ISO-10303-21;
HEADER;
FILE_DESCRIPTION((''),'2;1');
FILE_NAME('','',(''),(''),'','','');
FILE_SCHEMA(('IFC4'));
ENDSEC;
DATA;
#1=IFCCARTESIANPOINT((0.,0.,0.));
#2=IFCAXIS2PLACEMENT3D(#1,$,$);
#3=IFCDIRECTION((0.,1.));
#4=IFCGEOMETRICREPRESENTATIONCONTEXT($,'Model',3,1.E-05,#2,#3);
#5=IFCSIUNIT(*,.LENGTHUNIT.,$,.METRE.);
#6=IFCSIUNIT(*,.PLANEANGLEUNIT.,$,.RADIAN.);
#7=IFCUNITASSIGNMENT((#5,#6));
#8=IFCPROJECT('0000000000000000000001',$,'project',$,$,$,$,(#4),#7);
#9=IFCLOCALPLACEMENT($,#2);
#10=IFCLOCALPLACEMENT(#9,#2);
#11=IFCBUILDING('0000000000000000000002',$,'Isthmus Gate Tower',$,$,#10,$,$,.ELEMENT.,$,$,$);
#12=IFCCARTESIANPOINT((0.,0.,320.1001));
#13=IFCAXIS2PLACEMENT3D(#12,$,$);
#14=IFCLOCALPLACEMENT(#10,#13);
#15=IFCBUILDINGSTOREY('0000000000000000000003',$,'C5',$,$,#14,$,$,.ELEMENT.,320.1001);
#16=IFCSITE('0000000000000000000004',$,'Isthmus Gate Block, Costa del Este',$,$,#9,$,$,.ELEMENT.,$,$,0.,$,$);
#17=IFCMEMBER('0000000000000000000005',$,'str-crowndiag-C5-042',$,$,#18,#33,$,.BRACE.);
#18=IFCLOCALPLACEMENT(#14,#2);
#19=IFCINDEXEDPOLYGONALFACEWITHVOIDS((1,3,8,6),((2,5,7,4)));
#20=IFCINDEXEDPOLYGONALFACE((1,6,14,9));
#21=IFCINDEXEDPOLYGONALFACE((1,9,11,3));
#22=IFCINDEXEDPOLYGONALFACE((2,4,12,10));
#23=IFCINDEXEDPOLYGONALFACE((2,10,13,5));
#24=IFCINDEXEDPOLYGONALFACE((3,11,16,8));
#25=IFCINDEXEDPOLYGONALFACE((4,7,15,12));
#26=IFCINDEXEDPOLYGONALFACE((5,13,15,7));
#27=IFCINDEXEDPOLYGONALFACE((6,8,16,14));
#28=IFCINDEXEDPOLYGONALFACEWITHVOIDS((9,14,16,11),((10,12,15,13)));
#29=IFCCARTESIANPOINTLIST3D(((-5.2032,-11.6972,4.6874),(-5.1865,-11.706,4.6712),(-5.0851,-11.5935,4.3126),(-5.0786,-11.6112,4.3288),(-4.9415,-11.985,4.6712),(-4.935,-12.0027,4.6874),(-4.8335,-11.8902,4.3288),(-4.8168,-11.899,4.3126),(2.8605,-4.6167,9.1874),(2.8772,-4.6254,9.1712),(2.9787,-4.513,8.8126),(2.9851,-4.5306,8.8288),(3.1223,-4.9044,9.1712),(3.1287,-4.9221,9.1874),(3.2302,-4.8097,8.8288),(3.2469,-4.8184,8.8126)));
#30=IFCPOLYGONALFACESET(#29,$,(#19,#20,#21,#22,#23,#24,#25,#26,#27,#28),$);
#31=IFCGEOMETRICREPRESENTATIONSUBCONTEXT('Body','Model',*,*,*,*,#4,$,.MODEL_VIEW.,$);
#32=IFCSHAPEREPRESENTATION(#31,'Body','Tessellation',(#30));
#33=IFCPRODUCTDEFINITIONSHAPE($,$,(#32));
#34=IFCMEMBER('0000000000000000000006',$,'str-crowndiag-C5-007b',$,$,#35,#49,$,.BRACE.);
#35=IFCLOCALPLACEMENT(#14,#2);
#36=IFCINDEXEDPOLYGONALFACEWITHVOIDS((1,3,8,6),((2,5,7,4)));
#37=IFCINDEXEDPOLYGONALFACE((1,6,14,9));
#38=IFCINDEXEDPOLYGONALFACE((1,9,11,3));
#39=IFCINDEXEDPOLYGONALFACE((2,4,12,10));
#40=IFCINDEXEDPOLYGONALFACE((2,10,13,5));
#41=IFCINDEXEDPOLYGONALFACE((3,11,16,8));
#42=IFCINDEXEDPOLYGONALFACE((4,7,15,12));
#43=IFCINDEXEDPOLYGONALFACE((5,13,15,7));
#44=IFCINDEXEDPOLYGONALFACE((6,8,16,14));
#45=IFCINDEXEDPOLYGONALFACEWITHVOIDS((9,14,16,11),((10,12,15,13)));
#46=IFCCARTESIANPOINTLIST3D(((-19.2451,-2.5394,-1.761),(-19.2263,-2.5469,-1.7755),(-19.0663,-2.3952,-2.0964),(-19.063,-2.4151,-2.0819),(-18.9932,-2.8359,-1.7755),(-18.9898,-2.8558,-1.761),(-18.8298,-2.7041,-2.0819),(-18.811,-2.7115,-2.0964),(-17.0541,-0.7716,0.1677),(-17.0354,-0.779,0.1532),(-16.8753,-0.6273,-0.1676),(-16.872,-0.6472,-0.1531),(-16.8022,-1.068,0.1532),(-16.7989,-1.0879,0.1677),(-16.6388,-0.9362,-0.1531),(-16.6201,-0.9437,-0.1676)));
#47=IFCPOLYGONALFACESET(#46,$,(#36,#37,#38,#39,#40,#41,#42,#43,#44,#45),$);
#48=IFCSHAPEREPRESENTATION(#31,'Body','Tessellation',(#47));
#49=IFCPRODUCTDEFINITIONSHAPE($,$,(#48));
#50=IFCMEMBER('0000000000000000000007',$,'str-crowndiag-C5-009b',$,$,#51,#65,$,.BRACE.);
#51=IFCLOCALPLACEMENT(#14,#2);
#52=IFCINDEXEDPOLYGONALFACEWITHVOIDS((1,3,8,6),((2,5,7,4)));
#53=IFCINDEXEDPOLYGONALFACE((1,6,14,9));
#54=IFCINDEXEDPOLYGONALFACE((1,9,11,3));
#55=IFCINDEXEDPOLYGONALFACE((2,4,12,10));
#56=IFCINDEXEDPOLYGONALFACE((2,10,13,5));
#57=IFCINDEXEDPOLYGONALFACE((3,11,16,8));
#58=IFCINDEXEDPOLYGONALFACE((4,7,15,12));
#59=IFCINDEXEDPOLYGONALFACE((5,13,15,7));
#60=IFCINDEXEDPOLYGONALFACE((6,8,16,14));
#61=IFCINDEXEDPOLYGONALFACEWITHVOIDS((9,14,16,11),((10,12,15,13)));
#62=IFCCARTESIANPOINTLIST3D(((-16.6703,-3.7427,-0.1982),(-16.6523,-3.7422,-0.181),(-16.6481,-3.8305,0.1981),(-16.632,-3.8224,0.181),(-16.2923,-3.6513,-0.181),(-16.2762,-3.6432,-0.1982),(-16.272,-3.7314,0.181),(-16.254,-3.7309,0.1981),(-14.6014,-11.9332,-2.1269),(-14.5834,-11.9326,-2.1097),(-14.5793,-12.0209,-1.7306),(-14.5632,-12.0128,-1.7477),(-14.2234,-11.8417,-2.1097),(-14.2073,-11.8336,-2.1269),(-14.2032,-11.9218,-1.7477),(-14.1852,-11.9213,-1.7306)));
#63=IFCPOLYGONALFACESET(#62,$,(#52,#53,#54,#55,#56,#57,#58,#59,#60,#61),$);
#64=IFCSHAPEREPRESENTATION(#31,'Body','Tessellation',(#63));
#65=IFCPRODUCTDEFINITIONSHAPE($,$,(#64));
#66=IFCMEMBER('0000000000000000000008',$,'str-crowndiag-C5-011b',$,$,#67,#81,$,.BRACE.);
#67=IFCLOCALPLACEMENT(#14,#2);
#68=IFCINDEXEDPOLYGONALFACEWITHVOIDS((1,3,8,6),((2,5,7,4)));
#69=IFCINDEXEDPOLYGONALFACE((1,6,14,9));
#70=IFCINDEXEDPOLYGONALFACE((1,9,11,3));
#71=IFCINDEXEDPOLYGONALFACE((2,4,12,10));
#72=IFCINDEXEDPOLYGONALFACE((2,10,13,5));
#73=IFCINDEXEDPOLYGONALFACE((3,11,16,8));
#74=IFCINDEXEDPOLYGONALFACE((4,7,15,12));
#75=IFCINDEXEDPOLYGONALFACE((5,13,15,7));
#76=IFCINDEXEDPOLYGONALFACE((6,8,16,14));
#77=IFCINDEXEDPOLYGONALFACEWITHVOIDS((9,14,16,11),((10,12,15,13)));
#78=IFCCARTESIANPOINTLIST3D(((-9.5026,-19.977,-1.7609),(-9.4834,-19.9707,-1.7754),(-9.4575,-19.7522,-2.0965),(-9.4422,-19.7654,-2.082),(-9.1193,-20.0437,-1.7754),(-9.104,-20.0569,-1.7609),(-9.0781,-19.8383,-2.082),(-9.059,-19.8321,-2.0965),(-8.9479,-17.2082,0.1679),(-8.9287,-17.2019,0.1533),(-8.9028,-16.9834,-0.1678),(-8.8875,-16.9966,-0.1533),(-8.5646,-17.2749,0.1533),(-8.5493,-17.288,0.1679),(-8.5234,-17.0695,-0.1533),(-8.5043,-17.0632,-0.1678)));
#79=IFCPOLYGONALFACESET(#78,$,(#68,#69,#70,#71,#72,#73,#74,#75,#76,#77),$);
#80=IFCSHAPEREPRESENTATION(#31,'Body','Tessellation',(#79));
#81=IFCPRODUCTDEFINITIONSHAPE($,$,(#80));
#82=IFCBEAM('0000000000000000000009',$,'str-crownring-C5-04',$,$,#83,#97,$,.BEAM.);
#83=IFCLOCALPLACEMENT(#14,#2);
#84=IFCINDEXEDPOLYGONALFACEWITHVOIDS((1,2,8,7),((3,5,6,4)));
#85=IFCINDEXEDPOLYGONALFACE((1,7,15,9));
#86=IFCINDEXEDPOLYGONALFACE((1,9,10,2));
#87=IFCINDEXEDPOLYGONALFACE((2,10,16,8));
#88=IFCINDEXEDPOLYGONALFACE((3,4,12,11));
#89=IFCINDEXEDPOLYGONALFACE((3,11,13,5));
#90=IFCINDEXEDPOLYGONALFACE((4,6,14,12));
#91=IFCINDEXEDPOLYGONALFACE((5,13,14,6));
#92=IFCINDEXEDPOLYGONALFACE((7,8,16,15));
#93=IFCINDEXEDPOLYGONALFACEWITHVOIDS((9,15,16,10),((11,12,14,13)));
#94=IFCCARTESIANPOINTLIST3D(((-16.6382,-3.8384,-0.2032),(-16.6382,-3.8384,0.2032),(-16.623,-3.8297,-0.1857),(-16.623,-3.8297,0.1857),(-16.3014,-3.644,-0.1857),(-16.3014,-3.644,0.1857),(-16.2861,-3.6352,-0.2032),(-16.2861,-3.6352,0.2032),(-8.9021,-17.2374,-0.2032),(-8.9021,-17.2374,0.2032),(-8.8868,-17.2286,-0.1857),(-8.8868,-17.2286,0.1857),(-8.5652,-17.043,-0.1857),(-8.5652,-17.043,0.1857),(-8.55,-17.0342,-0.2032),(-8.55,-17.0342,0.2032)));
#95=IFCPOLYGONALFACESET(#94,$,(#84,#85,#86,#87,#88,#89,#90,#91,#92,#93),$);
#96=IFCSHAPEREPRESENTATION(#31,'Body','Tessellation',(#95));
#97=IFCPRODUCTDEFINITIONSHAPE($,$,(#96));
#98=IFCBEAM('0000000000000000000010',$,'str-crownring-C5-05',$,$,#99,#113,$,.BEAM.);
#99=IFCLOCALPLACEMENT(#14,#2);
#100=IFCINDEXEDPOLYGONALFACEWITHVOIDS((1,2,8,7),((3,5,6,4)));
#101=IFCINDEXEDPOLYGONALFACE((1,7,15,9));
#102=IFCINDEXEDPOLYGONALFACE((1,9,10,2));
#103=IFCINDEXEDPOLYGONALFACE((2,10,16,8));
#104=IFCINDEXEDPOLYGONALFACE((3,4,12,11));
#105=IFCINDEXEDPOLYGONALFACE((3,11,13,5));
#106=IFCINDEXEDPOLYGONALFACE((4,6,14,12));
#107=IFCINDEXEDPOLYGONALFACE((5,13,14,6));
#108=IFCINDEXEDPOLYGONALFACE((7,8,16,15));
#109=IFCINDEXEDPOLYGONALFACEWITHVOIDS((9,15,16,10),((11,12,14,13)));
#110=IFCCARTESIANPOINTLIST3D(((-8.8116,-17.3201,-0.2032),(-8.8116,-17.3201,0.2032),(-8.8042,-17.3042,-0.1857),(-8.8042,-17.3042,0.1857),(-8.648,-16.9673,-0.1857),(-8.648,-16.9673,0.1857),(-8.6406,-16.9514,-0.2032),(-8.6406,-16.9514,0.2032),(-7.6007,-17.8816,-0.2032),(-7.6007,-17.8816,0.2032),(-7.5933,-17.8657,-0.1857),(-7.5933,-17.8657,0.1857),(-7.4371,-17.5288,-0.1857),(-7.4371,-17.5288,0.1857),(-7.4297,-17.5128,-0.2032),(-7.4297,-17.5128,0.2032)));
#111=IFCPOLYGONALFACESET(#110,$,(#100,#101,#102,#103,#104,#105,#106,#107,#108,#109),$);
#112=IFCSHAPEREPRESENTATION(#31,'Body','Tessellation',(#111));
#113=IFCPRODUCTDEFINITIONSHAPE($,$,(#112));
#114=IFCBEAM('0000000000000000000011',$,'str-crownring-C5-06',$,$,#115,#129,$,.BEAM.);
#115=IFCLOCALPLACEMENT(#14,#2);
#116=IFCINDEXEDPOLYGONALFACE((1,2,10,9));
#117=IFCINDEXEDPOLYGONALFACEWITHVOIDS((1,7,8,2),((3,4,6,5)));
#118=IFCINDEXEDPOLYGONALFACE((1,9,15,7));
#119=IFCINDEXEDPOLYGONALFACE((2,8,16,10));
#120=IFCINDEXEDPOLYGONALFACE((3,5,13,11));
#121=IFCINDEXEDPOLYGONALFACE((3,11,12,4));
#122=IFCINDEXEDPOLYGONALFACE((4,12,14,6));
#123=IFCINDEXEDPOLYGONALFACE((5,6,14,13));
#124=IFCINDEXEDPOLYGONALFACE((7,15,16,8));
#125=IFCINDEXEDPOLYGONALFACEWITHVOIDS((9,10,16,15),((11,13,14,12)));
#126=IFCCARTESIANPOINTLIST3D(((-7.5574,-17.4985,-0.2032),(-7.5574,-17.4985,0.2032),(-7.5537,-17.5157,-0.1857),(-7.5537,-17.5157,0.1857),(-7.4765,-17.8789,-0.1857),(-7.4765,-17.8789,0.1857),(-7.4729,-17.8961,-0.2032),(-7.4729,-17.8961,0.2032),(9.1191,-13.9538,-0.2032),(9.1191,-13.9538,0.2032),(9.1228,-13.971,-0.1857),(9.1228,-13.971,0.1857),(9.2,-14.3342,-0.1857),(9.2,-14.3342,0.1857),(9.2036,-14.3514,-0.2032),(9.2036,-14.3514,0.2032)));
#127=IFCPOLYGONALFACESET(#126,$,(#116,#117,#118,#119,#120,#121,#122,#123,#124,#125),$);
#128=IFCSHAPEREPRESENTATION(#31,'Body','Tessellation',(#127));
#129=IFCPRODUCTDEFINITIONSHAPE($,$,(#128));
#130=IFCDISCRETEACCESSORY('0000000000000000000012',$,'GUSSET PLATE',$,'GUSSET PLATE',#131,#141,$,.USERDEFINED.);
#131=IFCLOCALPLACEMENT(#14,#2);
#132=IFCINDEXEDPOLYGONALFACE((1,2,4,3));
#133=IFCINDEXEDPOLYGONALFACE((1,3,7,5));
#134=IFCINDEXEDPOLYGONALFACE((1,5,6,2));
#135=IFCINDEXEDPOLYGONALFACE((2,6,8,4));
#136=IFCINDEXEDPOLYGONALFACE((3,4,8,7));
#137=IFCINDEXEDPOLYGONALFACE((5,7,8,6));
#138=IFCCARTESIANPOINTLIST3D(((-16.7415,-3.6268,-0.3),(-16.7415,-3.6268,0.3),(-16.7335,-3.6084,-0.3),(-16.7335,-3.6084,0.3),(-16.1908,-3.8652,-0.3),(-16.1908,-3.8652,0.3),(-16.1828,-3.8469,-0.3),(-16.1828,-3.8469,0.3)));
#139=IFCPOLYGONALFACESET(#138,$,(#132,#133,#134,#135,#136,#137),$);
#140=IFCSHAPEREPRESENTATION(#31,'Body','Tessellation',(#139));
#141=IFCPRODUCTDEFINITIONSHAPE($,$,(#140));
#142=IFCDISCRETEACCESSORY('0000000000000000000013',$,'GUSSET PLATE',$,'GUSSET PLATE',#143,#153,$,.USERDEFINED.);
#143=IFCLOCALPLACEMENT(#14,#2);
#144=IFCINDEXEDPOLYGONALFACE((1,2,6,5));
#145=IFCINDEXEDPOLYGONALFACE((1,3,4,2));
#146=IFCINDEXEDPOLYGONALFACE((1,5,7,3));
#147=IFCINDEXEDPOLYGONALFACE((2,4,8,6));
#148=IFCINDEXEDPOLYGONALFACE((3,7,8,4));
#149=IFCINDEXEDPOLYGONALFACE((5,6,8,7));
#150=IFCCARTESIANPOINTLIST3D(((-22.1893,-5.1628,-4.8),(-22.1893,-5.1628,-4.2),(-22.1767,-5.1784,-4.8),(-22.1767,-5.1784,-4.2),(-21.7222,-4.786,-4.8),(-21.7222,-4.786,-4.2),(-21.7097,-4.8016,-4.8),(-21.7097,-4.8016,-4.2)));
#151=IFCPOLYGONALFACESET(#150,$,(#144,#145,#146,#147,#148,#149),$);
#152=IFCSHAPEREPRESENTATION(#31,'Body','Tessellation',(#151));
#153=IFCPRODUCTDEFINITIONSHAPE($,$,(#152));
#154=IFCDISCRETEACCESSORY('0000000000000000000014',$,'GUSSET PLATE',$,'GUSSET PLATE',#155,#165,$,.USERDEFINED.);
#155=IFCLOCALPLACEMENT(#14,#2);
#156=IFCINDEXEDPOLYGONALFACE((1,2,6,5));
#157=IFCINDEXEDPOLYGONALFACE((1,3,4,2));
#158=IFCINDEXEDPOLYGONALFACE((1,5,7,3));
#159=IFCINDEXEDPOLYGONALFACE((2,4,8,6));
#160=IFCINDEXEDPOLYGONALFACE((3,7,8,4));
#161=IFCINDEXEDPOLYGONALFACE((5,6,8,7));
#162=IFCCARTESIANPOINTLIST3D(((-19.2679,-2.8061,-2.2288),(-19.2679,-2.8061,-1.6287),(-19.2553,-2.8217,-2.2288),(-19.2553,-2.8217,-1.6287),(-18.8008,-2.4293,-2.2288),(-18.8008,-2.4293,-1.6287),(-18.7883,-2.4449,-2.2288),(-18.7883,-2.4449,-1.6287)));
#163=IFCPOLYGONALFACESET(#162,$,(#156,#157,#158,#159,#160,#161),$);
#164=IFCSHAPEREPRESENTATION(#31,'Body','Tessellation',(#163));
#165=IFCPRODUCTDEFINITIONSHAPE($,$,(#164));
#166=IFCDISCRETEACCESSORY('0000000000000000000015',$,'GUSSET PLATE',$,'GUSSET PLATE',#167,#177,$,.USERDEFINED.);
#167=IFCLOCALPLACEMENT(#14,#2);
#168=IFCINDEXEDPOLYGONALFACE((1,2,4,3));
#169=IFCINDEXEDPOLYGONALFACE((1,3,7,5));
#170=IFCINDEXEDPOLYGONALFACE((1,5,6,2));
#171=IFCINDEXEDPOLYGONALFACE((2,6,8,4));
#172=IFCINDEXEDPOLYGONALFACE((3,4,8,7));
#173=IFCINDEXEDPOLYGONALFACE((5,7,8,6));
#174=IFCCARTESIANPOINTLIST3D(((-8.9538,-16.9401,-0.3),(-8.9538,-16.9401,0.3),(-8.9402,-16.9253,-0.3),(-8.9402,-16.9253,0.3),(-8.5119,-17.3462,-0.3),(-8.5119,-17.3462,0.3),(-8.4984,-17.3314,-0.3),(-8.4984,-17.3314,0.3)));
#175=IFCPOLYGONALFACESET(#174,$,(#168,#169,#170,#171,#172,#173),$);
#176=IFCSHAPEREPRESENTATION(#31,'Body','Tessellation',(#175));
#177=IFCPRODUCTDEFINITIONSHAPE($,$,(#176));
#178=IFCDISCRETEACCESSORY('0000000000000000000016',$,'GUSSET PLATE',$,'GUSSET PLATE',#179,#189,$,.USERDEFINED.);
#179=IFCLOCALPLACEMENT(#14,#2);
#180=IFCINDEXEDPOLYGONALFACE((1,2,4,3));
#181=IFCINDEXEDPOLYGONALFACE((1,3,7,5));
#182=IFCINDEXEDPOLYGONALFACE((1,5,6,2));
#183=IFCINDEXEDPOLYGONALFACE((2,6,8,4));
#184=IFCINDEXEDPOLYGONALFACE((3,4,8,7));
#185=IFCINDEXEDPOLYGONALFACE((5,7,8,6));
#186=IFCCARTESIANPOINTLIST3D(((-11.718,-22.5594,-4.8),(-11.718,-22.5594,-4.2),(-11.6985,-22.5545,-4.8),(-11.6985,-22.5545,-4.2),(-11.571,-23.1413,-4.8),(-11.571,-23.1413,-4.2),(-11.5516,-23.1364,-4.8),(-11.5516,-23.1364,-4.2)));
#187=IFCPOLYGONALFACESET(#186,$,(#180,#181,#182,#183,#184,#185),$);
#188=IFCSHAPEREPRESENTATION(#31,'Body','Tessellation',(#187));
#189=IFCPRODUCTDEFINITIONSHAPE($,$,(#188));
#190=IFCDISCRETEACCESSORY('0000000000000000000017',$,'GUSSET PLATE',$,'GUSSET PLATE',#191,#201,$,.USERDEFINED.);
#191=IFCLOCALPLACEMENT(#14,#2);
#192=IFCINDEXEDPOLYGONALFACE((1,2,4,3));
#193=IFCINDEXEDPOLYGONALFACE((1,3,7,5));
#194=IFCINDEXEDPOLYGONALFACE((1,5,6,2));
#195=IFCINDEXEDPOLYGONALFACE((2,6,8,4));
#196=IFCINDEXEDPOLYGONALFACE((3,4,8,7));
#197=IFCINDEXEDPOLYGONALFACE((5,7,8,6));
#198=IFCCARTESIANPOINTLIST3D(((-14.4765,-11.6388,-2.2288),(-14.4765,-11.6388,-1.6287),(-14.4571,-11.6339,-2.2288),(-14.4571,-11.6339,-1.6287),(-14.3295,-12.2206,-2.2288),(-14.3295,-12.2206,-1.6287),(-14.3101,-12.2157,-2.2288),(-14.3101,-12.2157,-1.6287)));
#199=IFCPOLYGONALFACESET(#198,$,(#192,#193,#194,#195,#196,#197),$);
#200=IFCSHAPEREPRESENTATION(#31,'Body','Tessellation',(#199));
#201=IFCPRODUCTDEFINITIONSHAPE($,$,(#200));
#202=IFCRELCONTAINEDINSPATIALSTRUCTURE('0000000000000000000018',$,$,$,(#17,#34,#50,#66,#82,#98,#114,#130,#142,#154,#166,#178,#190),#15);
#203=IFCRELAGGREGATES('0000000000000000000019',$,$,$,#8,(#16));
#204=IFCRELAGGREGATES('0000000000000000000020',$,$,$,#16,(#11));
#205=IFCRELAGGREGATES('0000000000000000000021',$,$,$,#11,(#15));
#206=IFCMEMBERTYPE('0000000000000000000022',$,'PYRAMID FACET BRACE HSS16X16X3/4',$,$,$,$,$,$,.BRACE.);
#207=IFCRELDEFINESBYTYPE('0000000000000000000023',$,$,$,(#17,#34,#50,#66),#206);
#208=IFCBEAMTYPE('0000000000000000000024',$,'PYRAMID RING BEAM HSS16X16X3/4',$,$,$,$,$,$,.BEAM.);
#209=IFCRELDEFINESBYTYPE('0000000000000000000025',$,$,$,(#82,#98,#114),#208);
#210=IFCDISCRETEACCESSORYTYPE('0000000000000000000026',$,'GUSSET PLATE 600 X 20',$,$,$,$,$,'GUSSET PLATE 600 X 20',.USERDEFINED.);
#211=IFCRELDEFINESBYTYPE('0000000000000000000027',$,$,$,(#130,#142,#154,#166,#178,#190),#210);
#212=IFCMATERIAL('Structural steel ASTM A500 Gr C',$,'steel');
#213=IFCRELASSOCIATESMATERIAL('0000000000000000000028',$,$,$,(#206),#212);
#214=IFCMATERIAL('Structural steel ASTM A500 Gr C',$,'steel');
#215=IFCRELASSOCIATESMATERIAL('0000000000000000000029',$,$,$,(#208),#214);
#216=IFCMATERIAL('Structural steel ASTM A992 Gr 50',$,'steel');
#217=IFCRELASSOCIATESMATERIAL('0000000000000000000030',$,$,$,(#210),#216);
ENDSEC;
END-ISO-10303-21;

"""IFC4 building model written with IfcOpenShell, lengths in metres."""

from ifc_helpers import new_model, si_unit, direction, frame, origin, origin_2d, place, context, subcontext, project, spatial, rectangle, hollow_rectangle, extrude, material, material_profile, profile_set, type_object, element, save


model = new_model("IFC4")

# Units and contexts
model_context = context("Model", 3, precision=1e-05, world=origin(), true_north=direction((0.0, 1.0)))
body_context = subcontext(model_context, "Body", "Model", "MODEL_VIEW")
ifc_project = project(units=[si_unit("LENGTHUNIT", "METRE"), si_unit("PLANEANGLEUNIT", "RADIAN")], contexts=[model_context])

# Site, building, storey
site_placement = place(None, origin())
site = spatial("IfcSite", under=ifc_project, at=site_placement, Name="Isthmus Gate Block, Costa del Este", CompositionType="ELEMENT", RefElevation=0.0)
building_placement = place(site_placement, origin())
building = spatial("IfcBuilding", under=site, at=building_placement, Name="Isthmus Gate Tower", CompositionType="ELEMENT")
storey_placement = place(building_placement, frame((0.0, 0.0, 320.1001)))
storey = spatial("IfcBuildingStorey", under=building, at=storey_placement, Name="C5", CompositionType="ELEMENT", Elevation=320.1001)

# Members
ifc_material_1 = material(Name="Structural steel ASTM A500 Gr C", Category="steel")
ifc_material_profile_1 = material_profile(ifc_material_1, hollow_rectangle(XDim=0.4065, YDim=0.4065, WallThickness=0.0176, at=origin_2d()), Name="HSS16X16X3/4")
ifc_profile_set_1 = profile_set([ifc_material_profile_1], Name="Structural steel ASTM A500 Gr C")
member_type = type_object("IfcMemberType", Name="PYRAMID FACET BRACE HSS16X16X3/4", PredefinedType="BRACE", material=ifc_profile_set_1)
member_1_placement = place(storey_placement, frame((-5.01, -11.7981, 4.5), z_axis=(0.692968, 0.608479, 0.386714), x_axis=(-0.659813, 0.75143, 0.0)))
element("IfcMember", 1, at=member_1_placement, inside=storey, type_object=member_type, Name="str-crowndiag-C5-042", PredefinedType="BRACE", context=body_context, shape_type="SweptSolid", body=[
    extrude(hollow_rectangle(XDim=0.4065, YDim=0.4065, WallThickness=0.0176, at=origin_2d()), origin(), (0.0, 0.0, 1.0), 11.6365),
])
member_2_placement = place(storey_placement, frame((-19.0281, -2.6255, -1.9287), z_axis=(0.642025, 0.518041, 0.565188), x_axis=(-0.627958, 0.778248, 0.0)))
element("IfcMember", 2, at=member_2_placement, inside=storey, type_object=member_type, Name="str-crowndiag-C5-007b", PredefinedType="BRACE", context=body_context, shape_type="SweptSolid", body=[
    extrude(hollow_rectangle(XDim=0.4065, YDim=0.4065, WallThickness=0.0176, at=origin_2d()), origin(), (0.0, 0.0, 1.0), 3.4126),
])
member_3_placement = place(storey_placement, frame((-14.3933, -11.9272, -1.9287), z_axis=(-0.238758, 0.945225, 0.222585), x_axis=(-0.969548, -0.244901, 0.0)))
element("IfcMember", 3, at=member_3_placement, inside=storey, type_object=member_type, Name="str-crowndiag-C5-009b", PredefinedType="BRACE", context=body_context, shape_type="SweptSolid", body=[
    extrude(hollow_rectangle(XDim=0.4065, YDim=0.4065, WallThickness=0.0176, at=origin_2d()), origin(), (0.0, 0.0, 1.0), 8.665),
])
member_4_placement = place(storey_placement, frame((-9.2808, -19.9045, -1.9287), z_axis=(0.162207, 0.809679, 0.564012), x_axis=(-0.980517, 0.196432, 0.0)))
element("IfcMember", 4, at=member_4_placement, inside=storey, type_object=member_type, Name="str-crowndiag-C5-011b", PredefinedType="BRACE", context=body_context, shape_type="SweptSolid", body=[
    extrude(hollow_rectangle(XDim=0.4065, YDim=0.4065, WallThickness=0.0176, at=origin_2d()), origin(), (0.0, 0.0, 1.0), 3.4197),
])

# Beams
ifc_material_2 = material(Name="Structural steel ASTM A500 Gr C", Category="steel")
ifc_material_profile_2 = material_profile(ifc_material_2, hollow_rectangle(XDim=0.4065, YDim=0.4065, WallThickness=0.0176, at=origin_2d()), Name="HSS16X16X3/4")
ifc_profile_set_2 = profile_set([ifc_material_profile_2], Name="Structural steel ASTM A500 Gr C")
beam_type = type_object("IfcBeamType", Name="PYRAMID RING BEAM HSS16X16X3/4", PredefinedType="BEAM", material=ifc_profile_set_2)
beam_1_placement = place(storey_placement, frame((-16.4622, -3.7368, 0.0), z_axis=(0.50001, -0.86602, 0.0), x_axis=(0.86602, 0.50001, 0.0)))
element("IfcBeam", 5, at=beam_1_placement, inside=storey, type_object=beam_type, Name="str-crownring-C5-04", PredefinedType="BEAM", context=body_context, shape_type="SweptSolid", body=[
    extrude(hollow_rectangle(XDim=0.4065, YDim=0.4065, WallThickness=0.0176, at=origin_2d()), origin(), (0.0, 0.0, 1.0), 15.4719),
])
beam_2_placement = place(storey_placement, frame((-8.7261, -17.1357, 0.0), z_axis=(0.907208, -0.420681, 0.0), x_axis=(0.420681, 0.907208, 0.0)))
element("IfcBeam", 6, at=beam_2_placement, inside=storey, type_object=beam_type, Name="str-crownring-C5-05", PredefinedType="BEAM", context=body_context, shape_type="SweptSolid", body=[
    extrude(hollow_rectangle(XDim=0.4065, YDim=0.4065, WallThickness=0.0176, at=origin_2d()), origin(), (0.0, 0.0, 1.0), 1.3347),
])
beam_3_placement = place(storey_placement, frame((-7.5151, -17.6973, 0.0), z_axis=(0.978148, 0.20791, 0.0), x_axis=(-0.20791, 0.978148, 0.0)))
element("IfcBeam", 7, at=beam_3_placement, inside=storey, type_object=beam_type, Name="str-crownring-C5-06", PredefinedType="BEAM", context=body_context, shape_type="SweptSolid", body=[
    extrude(hollow_rectangle(XDim=0.4065, YDim=0.4065, WallThickness=0.0176, at=origin_2d()), origin(), (0.0, 0.0, 1.0), 17.0491),
])

# Discrete accessories
ifc_material_3 = material(Name="Structural steel ASTM A992 Gr 50", Category="steel")
discrete_accessory_type = type_object("IfcDiscreteAccessoryType", Name="GUSSET PLATE 600 X 20", ElementType="GUSSET PLATE 600 X 20", PredefinedType="USERDEFINED", material=ifc_material_3)
for number, where, z_axis, x_axis, name in (
    (8, (-16.4622, -3.7368, -0.3), (0.0, 0.0, 1.0), (0.917637, -0.397419, 0.0), "GUSSET PLATE"),
    (9, (-21.9495, -4.9822, -4.8), (0.0, 0.0, 1.0), (0.77829, 0.627905, 0.0), "GUSSET PLATE"),
    (10, (-19.0281, -2.6255, -2.2288), (0.0, 0.0, 1.0), (0.77829, 0.627905, 0.0), "GUSSET PLATE"),
    (11, (-8.7261, -17.1357, -0.3), (0.0, 0.0, 1.0), (0.736262, -0.676697, 0.0), "GUSSET PLATE"),
    (12, (-11.6348, -22.8479, -4.8), (0.0, 0.0, 1.0), (-0.244899, 0.969549, 0.0), "GUSSET PLATE"),
    (13, (-14.3933, -11.9272, -2.2288), (0.0, 0.0, 1.0), (-0.244899, 0.969549, 0.0), "GUSSET PLATE"),
):
    element("IfcDiscreteAccessory", number, at=place(storey_placement, frame(where, z_axis=z_axis, x_axis=x_axis)), inside=storey, type_object=discrete_accessory_type, Name=name, ObjectType="GUSSET PLATE", PredefinedType="USERDEFINED", context=body_context, shape_type="SweptSolid", body=[
        extrude(rectangle(XDim=0.6001, YDim=0.02, at=origin_2d()), origin(), (0.0, 0.0, 1.0), 0.6001),
    ])

save(model, "model.ifc")
